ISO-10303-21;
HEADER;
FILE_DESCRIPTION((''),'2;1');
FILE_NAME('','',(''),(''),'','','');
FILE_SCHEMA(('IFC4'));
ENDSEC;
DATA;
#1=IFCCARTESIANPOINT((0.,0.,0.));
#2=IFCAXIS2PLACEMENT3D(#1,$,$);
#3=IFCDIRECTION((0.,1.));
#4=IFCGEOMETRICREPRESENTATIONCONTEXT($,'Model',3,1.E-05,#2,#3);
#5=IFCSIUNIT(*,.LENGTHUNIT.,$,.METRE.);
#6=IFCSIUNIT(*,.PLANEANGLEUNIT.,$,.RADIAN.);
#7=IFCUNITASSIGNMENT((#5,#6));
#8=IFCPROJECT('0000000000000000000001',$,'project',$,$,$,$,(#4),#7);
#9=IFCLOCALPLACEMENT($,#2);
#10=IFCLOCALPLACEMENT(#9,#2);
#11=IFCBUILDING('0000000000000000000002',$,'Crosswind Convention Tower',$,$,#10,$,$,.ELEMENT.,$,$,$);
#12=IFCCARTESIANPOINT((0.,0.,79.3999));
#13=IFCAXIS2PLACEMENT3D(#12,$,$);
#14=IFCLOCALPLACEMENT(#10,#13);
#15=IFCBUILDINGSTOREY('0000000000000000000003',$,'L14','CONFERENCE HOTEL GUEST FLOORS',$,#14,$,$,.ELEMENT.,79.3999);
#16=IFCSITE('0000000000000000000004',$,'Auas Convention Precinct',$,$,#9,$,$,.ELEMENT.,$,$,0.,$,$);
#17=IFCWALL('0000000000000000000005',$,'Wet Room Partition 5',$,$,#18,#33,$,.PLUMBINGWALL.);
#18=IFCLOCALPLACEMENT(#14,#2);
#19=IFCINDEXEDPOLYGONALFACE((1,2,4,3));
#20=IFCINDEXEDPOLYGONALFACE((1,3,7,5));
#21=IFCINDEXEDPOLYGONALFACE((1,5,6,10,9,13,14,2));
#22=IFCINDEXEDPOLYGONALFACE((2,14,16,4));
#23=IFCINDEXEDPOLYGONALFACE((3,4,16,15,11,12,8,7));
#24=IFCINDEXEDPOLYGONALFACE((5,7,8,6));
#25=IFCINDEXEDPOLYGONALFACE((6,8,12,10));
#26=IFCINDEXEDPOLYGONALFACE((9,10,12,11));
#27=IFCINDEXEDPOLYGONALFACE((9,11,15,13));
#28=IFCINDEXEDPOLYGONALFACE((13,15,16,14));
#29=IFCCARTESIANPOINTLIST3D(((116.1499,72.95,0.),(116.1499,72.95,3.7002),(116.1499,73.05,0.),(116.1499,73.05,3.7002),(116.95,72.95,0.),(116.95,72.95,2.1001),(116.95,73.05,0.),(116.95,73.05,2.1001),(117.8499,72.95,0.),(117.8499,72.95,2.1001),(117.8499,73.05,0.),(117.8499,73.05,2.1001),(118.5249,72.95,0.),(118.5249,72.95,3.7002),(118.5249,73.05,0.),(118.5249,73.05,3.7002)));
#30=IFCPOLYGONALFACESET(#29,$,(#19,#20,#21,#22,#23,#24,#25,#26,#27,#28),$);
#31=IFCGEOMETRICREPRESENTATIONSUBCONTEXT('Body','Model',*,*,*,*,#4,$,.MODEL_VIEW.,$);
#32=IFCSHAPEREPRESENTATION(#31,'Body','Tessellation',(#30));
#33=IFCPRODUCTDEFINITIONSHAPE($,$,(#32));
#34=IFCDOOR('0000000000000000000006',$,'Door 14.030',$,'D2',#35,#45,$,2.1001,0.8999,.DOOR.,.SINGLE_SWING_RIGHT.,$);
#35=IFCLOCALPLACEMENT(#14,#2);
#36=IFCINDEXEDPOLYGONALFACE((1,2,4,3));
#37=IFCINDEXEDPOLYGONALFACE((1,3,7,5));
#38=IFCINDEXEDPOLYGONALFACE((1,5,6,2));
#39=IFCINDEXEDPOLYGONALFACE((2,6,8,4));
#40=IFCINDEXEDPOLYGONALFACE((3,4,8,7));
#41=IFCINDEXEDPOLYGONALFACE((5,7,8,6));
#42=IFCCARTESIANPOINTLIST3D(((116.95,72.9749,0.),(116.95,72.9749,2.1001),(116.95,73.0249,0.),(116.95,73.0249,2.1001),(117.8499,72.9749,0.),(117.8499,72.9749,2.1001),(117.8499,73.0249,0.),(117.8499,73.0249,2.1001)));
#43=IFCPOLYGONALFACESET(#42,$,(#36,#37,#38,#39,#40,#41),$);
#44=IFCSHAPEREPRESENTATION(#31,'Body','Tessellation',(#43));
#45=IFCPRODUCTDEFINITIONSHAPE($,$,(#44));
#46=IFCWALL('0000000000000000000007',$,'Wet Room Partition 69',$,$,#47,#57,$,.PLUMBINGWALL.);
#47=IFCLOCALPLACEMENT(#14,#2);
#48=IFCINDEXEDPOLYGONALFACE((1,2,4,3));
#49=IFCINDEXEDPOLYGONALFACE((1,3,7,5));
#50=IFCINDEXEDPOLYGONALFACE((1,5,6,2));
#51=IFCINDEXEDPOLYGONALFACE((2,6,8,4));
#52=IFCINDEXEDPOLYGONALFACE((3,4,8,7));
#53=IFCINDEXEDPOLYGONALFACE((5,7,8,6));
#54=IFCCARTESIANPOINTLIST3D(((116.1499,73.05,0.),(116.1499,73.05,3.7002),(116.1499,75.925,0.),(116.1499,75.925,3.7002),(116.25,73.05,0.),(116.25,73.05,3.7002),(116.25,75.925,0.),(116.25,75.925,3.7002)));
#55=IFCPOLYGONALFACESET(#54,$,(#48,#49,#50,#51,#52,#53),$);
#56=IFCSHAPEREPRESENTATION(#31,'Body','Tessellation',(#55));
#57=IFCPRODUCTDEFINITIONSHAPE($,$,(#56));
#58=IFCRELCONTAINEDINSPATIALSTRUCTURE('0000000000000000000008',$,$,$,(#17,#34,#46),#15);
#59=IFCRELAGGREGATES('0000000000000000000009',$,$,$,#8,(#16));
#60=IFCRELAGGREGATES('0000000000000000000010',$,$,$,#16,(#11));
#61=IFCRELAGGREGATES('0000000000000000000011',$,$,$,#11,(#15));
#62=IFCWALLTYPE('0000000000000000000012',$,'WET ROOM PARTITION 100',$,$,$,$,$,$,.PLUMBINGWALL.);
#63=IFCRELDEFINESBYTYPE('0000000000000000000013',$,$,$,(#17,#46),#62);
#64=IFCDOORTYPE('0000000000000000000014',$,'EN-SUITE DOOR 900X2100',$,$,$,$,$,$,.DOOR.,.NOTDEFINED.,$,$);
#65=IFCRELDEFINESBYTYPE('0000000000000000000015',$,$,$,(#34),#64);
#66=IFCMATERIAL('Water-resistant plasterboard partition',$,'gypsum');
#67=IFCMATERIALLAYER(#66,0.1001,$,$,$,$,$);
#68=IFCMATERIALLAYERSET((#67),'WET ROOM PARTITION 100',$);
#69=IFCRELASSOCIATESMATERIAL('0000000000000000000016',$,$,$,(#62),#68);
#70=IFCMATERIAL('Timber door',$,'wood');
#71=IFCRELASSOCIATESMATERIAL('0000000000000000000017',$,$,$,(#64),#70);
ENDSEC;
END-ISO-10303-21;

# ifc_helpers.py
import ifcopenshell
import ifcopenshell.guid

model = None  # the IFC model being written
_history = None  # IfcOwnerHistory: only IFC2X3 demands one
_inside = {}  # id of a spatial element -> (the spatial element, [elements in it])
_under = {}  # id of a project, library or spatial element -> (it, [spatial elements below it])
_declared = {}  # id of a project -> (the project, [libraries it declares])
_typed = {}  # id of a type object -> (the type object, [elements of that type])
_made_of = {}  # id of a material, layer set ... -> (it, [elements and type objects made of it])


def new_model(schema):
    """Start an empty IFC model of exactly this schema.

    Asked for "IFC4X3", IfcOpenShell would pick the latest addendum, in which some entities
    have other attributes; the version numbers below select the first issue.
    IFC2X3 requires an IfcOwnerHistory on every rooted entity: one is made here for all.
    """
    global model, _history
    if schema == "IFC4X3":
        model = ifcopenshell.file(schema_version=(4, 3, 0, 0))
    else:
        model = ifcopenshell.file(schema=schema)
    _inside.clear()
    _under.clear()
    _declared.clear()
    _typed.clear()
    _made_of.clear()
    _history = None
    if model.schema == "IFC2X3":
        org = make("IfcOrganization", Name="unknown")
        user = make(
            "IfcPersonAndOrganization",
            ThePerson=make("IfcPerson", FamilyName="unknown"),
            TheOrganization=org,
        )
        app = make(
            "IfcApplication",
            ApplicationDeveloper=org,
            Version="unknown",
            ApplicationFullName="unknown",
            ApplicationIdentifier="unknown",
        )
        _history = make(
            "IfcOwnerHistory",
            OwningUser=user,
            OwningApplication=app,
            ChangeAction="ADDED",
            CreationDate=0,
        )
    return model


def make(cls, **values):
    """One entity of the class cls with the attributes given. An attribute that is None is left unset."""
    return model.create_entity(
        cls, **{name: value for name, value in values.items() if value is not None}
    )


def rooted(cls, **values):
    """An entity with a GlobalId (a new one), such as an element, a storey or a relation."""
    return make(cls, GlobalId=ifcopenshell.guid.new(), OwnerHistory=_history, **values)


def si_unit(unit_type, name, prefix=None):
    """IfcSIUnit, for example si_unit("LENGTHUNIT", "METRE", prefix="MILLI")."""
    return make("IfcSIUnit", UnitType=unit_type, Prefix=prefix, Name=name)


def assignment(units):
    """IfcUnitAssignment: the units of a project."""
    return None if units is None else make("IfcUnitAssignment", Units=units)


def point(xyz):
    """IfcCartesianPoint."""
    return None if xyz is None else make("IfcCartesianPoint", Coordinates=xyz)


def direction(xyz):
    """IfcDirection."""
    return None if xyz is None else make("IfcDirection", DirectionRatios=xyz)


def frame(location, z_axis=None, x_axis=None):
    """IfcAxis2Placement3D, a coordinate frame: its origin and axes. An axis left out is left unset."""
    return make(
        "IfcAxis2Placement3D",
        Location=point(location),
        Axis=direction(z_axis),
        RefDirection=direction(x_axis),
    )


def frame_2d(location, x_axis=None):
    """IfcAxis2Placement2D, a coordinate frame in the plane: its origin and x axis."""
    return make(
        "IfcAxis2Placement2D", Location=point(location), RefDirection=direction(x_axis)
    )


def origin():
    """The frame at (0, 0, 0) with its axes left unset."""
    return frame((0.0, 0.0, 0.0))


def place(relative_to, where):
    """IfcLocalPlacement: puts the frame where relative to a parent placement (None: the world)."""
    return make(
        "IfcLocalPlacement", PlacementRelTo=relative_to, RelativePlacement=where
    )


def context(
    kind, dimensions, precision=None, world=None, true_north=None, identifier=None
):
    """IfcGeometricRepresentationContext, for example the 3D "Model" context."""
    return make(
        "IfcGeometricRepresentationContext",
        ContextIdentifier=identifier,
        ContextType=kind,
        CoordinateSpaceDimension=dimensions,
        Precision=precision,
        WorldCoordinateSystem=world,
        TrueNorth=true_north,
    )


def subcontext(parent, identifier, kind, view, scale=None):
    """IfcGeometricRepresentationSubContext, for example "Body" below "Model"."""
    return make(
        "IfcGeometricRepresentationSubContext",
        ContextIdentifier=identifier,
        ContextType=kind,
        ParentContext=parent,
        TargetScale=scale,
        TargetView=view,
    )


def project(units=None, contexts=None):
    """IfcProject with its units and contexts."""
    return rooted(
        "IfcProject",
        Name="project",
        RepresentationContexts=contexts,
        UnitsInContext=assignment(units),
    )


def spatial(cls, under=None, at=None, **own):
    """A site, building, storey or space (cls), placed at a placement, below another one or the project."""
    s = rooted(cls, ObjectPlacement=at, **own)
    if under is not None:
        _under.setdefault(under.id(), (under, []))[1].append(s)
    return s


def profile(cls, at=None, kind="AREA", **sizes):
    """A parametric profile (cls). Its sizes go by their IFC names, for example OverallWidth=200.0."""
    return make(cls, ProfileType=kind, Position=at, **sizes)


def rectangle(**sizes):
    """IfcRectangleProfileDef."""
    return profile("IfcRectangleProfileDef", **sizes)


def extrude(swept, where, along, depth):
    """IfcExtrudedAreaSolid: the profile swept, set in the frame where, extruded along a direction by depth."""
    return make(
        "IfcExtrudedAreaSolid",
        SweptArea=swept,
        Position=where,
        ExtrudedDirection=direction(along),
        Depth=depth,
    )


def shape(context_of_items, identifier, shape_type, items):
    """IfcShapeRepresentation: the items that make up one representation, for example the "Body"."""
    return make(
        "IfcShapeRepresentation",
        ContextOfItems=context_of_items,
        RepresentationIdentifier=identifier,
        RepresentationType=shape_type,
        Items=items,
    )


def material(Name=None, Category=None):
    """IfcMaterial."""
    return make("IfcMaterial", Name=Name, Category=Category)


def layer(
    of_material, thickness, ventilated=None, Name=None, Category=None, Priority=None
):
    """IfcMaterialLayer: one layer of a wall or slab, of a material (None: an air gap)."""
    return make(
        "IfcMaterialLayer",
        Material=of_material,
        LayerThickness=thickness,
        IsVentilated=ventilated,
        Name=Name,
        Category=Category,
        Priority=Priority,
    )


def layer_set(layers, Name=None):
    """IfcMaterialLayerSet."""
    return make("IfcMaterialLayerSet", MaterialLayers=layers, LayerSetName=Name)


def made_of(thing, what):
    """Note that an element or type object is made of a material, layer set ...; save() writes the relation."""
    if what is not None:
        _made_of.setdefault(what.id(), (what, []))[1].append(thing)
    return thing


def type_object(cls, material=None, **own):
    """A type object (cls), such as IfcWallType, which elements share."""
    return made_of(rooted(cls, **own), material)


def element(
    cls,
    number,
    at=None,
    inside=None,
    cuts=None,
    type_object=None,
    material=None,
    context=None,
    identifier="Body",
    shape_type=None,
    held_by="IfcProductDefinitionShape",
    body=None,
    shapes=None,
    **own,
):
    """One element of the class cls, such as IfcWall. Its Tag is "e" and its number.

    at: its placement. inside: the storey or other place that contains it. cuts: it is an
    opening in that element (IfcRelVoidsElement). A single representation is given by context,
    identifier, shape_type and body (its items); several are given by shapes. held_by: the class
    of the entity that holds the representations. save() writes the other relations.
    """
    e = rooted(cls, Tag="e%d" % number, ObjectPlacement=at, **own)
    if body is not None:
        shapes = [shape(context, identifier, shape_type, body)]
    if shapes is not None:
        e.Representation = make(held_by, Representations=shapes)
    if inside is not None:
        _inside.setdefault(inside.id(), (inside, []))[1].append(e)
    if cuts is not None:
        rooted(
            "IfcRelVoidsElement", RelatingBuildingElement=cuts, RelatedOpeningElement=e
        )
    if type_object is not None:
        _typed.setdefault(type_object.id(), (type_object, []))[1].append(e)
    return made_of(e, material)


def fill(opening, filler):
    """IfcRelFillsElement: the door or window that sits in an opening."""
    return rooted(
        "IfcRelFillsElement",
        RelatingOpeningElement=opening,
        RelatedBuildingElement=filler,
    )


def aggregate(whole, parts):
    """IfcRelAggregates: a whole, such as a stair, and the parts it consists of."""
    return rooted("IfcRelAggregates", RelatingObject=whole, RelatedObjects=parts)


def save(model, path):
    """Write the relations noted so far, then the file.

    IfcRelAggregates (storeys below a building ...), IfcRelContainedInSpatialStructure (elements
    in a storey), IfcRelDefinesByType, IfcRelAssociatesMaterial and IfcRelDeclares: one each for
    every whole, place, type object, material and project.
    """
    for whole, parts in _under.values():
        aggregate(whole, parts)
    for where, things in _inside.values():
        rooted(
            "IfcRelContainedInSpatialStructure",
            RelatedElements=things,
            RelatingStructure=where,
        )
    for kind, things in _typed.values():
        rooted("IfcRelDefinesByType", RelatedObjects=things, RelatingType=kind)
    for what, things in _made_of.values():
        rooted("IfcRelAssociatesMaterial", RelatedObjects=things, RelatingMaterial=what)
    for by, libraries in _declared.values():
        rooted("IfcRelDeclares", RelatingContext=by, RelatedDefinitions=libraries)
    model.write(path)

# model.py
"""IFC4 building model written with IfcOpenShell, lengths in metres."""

from ifc_helpers import new_model, si_unit, direction, frame, frame_2d, origin, place, context, subcontext, project, spatial, rectangle, extrude, material, layer, layer_set, type_object, element, fill, save


model = new_model("IFC4")

# Units and contexts
model_context = context("Model", 3, precision=1e-05, world=origin(), true_north=direction((0.0, 1.0)))
body_context = subcontext(model_context, "Body", "Model", "MODEL_VIEW")
ifc_project = project(units=[si_unit("LENGTHUNIT", "METRE"), si_unit("PLANEANGLEUNIT", "RADIAN")], contexts=[model_context])

# Site, building, storey
site_placement = place(None, origin())
site = spatial("IfcSite", under=ifc_project, at=site_placement, Name="Auas Convention Precinct", CompositionType="ELEMENT", RefElevation=0.0)
building_placement = place(site_placement, origin())
building = spatial("IfcBuilding", under=site, at=building_placement, Name="Crosswind Convention Tower", CompositionType="ELEMENT")
storey_placement = place(building_placement, frame((0.0, 0.0, 79.3999)))
storey = spatial("IfcBuildingStorey", under=building, at=storey_placement, Name="L14", Description="CONFERENCE HOTEL GUEST FLOORS", CompositionType="ELEMENT", Elevation=79.3999)

# Wall, opening, door
ifc_material_1 = material(Name="Water-resistant plasterboard partition", Category="gypsum")
ifc_layer_1 = layer(ifc_material_1, 0.1001)
ifc_layer_set_1 = layer_set([ifc_layer_1], Name="WET ROOM PARTITION 100")
wall_type_1 = type_object("IfcWallType", Name="WET ROOM PARTITION 100", PredefinedType="PLUMBINGWALL", material=ifc_layer_set_1)
ifc_material_2 = material(Name="Timber door", Category="wood")
door_type_1 = type_object("IfcDoorType", Name="EN-SUITE DOOR 900X2100", OperationType="NOTDEFINED", PredefinedType="DOOR", material=ifc_material_2)
wall_1_placement = place(storey_placement, frame((116.1499, 73.0, 0.0), z_axis=(0.0, 0.0, 1.0), x_axis=(1.0, 0.0, 0.0)))
wall_1 = element("IfcWall", 1, at=wall_1_placement, inside=storey, type_object=wall_type_1, Name="Wet Room Partition 5", PredefinedType="PLUMBINGWALL", context=body_context, shape_type="SweptSolid", body=[
    extrude(rectangle(XDim=2.375, YDim=0.1001, at=frame_2d((1.1875, 0.0))), origin(), (0.0, 0.0, 1.0), 3.7002),
])
opening_1_placement = place(wall_1_placement, frame((0.8, 0.0, 0.0)))
opening_1 = element("IfcOpeningElement", 2, at=opening_1_placement, cuts=wall_1, PredefinedType="OPENING", context=body_context, shape_type="SweptSolid", body=[
    extrude(rectangle(XDim=0.8999, YDim=2.1001, at=frame_2d((0.45, 1.05))), frame((0.0, 0.0601, 0.0), z_axis=(0.0, -1.0, 0.0), x_axis=(1.0, 0.0, 0.0)), (0.0, 0.0, 1.0), 0.1201),
])
door_1_placement = place(opening_1_placement, origin())
door_1 = element("IfcDoor", 3, at=door_1_placement, inside=storey, type_object=door_type_1, Name="Door 14.030", ObjectType="D2", OperationType="SINGLE_SWING_RIGHT", OverallHeight=2.1001, OverallWidth=0.8999, PredefinedType="DOOR", context=body_context, shape_type="SweptSolid", body=[
    extrude(rectangle(XDim=0.8999, YDim=2.1001, at=frame_2d((0.45, 1.05))), frame((0.0, 0.0249, 0.0), z_axis=(0.0, -1.0, 0.0), x_axis=(1.0, 0.0, 0.0)), (0.0, 0.0, 1.0), 0.05),
])
fill(opening_1, door_1)

# Wall
wall_2_placement = place(storey_placement, frame((116.2, 73.05, 0.0), z_axis=(0.0, 0.0, 1.0), x_axis=(0.0, 1.0, 0.0)))
element("IfcWall", 4, at=wall_2_placement, inside=storey, type_object=wall_type_1, Name="Wet Room Partition 69", PredefinedType="PLUMBINGWALL", context=body_context, shape_type="SweptSolid", body=[
    extrude(rectangle(XDim=2.875, YDim=0.1001, at=frame_2d((1.4375, 0.0))), origin(), (0.0, 0.0, 1.0), 3.7002),
])

save(model, "model.ifc")
